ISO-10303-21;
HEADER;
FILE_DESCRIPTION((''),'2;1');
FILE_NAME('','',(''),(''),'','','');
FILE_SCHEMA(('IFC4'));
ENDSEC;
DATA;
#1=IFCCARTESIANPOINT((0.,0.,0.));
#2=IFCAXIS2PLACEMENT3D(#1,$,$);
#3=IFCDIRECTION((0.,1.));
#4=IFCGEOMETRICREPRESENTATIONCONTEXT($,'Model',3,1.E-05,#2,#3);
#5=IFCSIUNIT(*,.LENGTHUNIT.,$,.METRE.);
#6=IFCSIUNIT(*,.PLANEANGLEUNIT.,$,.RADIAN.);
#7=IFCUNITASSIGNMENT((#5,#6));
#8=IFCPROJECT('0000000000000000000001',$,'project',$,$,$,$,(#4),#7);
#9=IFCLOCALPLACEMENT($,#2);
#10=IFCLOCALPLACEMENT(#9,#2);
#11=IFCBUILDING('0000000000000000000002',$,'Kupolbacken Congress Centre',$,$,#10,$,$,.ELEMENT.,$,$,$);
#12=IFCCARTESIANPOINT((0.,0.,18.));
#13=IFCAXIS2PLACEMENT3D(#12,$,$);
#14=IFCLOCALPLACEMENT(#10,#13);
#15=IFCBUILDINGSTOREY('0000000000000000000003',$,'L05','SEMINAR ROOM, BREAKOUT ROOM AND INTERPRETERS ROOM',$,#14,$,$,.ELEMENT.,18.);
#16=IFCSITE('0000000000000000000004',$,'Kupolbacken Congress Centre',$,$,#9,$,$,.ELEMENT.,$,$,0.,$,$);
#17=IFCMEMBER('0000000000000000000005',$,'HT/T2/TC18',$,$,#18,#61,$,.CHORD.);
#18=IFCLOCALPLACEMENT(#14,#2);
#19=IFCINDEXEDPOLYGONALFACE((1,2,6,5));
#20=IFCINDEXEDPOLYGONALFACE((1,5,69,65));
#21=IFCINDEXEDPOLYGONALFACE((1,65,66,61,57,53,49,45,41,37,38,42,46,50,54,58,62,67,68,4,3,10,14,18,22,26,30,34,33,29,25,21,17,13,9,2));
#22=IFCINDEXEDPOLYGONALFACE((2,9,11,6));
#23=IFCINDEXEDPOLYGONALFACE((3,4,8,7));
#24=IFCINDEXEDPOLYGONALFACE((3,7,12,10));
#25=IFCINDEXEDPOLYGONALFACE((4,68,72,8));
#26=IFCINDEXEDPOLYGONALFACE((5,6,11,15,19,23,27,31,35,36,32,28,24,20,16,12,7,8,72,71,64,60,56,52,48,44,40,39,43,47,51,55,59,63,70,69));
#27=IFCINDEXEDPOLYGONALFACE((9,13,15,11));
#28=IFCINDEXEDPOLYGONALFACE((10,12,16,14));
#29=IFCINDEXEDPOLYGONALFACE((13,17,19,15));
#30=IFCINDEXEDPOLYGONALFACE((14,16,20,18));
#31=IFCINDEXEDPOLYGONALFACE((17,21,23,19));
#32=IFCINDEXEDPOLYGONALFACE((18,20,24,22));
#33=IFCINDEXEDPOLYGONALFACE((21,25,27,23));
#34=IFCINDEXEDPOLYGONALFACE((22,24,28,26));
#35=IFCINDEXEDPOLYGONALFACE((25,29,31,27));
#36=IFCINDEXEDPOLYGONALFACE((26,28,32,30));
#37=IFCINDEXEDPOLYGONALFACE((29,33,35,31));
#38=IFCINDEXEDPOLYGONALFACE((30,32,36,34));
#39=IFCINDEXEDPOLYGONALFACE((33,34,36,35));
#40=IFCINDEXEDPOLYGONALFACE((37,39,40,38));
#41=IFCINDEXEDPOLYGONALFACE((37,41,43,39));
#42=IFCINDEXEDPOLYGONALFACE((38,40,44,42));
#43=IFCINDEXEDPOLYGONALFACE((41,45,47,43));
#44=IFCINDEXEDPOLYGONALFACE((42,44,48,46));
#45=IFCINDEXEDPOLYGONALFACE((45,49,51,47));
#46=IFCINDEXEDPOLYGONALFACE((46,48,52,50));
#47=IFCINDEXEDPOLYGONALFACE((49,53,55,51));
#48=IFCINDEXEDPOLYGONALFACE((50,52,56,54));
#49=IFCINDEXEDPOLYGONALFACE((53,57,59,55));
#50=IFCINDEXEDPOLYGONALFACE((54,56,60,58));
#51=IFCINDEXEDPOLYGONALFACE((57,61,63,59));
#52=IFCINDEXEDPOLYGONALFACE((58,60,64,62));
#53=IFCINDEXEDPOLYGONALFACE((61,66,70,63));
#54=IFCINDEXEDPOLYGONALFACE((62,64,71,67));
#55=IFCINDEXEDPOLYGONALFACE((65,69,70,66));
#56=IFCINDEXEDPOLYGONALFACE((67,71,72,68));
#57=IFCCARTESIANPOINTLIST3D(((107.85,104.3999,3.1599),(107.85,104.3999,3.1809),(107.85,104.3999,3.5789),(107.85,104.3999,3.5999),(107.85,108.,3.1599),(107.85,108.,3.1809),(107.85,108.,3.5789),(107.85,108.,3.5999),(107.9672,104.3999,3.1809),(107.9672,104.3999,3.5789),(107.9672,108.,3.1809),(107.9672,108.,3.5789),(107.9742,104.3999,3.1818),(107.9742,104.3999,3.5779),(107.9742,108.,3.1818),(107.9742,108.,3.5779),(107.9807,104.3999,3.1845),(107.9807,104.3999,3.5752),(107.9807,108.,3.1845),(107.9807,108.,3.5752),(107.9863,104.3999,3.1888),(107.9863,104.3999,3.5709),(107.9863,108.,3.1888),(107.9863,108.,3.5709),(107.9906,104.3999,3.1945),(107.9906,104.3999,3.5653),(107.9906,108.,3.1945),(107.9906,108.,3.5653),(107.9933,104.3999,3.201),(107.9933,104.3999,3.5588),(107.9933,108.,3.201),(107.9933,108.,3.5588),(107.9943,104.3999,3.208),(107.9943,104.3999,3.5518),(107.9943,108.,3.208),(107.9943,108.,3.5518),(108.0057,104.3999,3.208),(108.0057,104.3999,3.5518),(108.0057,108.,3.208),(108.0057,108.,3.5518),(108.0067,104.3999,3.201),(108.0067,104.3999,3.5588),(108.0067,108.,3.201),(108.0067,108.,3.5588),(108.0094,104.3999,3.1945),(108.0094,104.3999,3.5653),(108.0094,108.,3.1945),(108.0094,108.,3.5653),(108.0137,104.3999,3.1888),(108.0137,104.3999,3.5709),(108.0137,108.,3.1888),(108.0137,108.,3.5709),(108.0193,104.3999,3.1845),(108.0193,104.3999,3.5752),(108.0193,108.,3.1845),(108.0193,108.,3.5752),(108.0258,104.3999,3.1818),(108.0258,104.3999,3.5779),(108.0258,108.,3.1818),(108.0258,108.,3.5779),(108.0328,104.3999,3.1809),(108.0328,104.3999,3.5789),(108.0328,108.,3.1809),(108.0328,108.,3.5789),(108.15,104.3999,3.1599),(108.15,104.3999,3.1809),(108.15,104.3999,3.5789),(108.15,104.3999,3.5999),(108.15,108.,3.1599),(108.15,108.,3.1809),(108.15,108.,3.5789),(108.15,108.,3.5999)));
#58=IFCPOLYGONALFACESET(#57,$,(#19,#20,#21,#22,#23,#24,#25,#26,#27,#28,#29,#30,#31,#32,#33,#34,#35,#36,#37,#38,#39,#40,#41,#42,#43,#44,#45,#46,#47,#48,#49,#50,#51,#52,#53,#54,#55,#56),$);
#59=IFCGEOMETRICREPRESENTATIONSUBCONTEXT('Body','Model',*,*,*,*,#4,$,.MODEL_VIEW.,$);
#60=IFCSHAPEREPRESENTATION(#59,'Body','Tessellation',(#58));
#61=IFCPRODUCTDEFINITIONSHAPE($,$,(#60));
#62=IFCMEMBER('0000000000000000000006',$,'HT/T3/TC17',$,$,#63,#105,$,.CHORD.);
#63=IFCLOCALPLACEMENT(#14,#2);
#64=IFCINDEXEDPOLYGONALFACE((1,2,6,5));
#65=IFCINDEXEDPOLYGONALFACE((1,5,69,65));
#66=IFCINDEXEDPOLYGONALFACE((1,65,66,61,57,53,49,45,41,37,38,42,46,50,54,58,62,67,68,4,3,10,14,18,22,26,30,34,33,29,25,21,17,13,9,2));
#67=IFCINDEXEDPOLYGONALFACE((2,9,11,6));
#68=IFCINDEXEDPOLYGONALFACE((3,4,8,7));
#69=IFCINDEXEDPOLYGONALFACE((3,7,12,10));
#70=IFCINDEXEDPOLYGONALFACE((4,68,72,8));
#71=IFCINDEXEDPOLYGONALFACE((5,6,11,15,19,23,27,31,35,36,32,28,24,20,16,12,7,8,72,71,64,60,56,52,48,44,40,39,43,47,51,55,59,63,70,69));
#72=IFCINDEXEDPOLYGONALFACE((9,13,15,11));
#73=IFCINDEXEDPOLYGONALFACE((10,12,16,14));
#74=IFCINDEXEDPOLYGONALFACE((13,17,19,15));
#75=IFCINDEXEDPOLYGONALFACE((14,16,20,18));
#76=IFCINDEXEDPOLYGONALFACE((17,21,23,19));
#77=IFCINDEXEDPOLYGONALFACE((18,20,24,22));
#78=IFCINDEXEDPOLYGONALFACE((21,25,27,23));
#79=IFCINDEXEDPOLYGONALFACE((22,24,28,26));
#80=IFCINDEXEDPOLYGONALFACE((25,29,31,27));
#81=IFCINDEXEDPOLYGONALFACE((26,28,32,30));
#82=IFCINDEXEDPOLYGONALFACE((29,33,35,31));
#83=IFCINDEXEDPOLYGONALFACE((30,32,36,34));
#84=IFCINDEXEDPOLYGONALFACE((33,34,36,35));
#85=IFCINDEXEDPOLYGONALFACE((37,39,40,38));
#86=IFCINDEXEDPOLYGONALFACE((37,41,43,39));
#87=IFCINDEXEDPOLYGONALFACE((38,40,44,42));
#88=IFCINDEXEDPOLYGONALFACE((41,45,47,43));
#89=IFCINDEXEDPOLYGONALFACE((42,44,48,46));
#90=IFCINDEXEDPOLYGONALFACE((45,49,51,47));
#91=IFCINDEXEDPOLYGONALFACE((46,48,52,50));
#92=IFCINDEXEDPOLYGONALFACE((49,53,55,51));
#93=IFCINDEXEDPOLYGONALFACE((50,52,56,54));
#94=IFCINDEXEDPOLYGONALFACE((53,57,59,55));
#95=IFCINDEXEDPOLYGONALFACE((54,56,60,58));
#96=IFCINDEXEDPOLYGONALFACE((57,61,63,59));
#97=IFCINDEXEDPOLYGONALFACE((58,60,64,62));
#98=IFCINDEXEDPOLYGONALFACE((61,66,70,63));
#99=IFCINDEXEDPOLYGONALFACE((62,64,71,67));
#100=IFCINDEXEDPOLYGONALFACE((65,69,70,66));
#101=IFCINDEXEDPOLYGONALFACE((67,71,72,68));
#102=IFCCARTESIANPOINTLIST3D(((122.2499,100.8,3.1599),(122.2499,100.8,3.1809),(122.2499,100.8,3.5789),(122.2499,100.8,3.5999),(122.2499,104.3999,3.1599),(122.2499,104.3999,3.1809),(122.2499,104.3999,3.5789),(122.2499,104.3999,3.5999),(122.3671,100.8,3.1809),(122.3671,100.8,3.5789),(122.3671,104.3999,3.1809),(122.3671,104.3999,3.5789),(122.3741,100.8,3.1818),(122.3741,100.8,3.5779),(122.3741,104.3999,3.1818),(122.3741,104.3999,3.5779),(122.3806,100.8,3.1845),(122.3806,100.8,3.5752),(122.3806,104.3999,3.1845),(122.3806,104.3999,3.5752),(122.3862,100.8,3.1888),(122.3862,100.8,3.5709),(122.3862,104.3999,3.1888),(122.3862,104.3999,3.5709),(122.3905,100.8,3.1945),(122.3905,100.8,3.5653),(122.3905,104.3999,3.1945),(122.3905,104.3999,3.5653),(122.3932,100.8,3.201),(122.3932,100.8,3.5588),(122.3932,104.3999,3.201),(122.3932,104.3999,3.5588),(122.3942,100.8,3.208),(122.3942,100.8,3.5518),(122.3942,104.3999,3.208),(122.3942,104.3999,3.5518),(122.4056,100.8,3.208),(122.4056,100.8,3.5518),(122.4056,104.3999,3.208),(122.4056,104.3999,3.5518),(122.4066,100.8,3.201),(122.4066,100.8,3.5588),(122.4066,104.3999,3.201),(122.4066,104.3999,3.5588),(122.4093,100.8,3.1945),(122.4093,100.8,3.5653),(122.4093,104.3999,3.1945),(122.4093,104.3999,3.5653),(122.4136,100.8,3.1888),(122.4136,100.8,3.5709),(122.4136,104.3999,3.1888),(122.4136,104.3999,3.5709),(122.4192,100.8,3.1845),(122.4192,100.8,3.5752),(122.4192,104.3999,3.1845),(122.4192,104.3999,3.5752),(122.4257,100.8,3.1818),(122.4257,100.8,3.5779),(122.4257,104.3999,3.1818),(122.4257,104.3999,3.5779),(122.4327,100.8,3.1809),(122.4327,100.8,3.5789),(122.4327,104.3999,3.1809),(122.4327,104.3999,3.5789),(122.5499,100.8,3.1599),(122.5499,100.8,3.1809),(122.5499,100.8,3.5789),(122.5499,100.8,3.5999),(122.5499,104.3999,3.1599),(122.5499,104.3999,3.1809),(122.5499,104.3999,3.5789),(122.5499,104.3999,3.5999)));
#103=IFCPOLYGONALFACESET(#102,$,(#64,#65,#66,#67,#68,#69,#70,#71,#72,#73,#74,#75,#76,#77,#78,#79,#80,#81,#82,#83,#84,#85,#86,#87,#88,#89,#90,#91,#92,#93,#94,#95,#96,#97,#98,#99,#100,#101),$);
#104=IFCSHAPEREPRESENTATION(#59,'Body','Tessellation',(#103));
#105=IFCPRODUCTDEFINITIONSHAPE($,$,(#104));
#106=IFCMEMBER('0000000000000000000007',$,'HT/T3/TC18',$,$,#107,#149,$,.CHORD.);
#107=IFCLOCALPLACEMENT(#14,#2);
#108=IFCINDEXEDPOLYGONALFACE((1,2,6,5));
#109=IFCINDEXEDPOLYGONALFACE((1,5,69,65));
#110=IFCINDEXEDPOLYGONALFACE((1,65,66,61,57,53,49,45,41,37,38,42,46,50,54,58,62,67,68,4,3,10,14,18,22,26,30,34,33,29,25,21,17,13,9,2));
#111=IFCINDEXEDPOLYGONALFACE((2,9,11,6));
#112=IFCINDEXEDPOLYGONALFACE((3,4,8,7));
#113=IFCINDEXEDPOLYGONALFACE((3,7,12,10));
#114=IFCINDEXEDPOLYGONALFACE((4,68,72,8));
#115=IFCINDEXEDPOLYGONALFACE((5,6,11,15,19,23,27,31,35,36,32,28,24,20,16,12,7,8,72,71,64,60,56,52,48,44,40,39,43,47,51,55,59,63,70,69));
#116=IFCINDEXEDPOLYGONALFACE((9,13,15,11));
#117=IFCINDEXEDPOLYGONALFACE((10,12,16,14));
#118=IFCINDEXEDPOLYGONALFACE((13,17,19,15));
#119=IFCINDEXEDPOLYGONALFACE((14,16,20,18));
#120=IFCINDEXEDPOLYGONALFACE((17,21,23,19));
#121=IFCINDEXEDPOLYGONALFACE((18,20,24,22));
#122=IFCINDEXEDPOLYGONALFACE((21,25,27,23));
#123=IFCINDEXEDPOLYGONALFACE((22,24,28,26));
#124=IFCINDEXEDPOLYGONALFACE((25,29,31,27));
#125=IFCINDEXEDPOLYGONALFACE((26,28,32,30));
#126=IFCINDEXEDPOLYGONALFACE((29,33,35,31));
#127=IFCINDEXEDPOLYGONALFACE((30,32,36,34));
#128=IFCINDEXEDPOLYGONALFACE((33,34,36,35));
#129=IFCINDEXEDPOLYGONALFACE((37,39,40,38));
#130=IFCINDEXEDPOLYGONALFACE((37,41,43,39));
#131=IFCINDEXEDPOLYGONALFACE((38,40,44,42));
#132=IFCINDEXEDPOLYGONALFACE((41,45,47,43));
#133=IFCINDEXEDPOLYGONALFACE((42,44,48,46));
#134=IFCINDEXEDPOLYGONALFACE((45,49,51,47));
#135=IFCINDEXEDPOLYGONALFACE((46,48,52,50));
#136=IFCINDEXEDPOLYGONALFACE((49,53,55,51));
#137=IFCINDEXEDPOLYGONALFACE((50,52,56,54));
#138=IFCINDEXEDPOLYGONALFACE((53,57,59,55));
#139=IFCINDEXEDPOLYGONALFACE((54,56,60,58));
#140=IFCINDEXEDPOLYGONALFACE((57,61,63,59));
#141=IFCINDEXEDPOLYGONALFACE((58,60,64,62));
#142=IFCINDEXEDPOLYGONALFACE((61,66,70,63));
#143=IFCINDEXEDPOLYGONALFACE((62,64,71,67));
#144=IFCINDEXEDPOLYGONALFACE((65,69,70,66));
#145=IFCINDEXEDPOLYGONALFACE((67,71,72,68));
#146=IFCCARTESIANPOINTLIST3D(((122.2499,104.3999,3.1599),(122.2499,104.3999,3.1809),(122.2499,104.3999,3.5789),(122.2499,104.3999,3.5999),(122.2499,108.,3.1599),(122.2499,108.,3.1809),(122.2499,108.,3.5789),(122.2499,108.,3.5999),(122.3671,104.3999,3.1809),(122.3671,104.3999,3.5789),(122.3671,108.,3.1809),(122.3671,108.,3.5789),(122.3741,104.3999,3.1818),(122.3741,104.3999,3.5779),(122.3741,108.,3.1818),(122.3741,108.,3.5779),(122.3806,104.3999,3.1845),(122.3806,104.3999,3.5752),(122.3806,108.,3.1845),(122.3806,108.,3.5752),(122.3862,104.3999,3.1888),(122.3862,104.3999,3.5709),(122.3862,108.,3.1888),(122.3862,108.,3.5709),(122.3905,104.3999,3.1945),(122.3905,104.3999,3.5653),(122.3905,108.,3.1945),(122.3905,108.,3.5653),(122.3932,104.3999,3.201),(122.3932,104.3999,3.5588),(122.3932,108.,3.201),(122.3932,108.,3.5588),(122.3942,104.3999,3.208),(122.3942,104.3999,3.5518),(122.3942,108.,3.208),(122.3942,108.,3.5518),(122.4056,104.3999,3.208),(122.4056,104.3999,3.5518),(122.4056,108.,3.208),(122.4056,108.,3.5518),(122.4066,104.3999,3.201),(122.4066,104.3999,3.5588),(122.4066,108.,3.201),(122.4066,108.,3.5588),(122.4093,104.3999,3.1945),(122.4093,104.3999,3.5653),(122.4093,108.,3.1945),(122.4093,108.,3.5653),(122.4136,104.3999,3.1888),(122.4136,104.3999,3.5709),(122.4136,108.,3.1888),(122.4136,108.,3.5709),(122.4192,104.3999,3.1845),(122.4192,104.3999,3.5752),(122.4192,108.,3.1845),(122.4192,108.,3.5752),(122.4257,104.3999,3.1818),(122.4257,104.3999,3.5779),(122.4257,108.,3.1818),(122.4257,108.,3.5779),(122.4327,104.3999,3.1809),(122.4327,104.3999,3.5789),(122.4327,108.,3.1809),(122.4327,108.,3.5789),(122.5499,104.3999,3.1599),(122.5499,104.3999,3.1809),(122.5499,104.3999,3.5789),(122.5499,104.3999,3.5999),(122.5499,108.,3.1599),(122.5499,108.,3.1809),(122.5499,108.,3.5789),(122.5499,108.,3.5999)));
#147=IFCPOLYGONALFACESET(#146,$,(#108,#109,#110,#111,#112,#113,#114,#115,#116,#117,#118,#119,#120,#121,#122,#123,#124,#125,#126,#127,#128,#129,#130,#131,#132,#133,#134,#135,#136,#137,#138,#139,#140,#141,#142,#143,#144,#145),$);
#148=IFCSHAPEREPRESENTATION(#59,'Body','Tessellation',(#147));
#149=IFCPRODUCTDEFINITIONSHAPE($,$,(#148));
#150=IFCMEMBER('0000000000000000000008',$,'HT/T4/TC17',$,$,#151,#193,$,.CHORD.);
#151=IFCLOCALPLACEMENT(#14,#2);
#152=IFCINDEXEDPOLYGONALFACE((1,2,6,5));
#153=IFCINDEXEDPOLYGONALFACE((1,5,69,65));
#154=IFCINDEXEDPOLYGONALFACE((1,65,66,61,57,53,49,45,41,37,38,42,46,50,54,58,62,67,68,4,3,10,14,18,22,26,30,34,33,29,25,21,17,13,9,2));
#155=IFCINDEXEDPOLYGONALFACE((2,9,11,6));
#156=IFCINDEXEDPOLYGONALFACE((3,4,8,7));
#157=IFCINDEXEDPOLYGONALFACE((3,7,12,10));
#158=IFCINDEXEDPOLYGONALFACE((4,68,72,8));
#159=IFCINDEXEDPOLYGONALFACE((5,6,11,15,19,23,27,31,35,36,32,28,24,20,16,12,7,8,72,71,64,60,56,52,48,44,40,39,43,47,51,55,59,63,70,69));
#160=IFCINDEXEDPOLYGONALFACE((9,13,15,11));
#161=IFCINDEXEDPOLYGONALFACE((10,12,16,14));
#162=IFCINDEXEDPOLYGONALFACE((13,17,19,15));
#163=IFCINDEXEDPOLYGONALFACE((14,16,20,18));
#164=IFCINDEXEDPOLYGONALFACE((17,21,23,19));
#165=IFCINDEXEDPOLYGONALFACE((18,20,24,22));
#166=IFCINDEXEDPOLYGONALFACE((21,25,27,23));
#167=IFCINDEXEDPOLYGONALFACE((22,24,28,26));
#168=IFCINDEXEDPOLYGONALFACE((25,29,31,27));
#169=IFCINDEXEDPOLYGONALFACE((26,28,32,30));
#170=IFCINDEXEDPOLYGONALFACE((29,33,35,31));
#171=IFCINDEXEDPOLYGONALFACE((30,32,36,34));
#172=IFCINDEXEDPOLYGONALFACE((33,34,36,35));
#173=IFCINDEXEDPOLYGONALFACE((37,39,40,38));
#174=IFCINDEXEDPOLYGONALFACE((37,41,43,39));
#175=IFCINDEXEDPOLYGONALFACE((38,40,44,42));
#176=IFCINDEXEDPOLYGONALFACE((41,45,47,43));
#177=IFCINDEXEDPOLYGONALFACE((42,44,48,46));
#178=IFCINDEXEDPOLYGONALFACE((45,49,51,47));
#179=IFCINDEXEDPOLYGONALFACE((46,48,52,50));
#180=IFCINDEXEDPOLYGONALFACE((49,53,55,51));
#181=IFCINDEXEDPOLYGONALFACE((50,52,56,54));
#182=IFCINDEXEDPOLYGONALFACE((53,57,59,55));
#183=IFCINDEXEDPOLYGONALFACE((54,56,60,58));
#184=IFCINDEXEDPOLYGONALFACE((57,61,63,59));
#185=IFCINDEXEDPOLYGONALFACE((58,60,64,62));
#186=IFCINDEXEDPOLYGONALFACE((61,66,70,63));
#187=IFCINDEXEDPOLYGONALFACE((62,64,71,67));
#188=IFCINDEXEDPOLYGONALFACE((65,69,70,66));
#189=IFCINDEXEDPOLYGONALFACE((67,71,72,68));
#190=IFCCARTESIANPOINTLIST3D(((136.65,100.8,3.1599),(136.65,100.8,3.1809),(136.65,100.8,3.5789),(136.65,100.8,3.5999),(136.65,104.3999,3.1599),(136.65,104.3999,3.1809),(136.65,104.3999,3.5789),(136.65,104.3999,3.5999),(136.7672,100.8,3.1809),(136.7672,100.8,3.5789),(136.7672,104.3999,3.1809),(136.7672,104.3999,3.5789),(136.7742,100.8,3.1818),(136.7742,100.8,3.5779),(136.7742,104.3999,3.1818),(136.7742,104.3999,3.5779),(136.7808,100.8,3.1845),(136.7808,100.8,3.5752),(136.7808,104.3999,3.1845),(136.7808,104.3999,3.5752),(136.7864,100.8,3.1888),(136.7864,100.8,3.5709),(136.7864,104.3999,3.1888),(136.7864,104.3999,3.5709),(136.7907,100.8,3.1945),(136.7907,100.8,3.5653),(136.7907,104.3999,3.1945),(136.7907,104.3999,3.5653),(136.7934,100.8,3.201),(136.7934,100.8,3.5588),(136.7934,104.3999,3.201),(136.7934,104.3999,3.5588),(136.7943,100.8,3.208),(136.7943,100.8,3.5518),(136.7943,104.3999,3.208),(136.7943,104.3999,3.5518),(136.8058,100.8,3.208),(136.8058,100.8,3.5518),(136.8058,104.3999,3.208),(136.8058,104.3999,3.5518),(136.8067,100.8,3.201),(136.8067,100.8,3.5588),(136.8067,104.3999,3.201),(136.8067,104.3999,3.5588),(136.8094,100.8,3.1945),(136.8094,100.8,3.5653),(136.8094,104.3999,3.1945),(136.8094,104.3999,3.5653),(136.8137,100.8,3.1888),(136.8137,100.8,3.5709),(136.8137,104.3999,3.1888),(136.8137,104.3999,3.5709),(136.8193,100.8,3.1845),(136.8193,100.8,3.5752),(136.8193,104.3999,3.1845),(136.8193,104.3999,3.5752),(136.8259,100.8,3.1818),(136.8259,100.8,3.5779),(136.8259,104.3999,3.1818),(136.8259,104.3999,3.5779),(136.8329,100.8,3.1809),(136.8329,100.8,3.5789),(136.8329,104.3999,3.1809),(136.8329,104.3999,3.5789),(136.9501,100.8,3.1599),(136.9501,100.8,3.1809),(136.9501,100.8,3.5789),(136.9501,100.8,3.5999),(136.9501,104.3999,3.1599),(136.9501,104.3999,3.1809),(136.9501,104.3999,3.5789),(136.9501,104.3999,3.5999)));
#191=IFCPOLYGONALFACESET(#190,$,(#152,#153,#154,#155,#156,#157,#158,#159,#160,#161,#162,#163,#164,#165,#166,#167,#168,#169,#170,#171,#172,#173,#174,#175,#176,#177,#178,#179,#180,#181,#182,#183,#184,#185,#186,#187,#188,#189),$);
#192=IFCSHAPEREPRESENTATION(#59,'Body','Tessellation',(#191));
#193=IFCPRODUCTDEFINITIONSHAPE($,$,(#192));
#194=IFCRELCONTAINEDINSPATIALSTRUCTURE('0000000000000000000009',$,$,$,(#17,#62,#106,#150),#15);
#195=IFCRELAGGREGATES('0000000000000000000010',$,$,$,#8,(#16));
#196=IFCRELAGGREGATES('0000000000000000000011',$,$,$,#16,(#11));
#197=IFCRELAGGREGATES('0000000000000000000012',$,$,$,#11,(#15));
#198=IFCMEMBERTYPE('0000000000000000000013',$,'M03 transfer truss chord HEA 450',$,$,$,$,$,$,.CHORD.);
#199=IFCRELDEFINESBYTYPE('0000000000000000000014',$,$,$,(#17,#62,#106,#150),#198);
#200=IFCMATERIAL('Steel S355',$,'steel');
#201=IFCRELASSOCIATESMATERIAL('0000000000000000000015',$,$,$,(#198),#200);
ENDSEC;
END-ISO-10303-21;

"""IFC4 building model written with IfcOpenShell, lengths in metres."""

from ifc_helpers import new_model, si_unit, direction, frame, origin, origin_2d, place, context, subcontext, project, spatial, i_section, extrude, material, material_profile, profile_set, type_object, element, save


model = new_model("IFC4")

# Units and contexts
model_context = context("Model", 3, precision=1e-05, world=origin(), true_north=direction((0.0, 1.0)))
body_context = subcontext(model_context, "Body", "Model", "MODEL_VIEW")
ifc_project = project(units=[si_unit("LENGTHUNIT", "METRE"), si_unit("PLANEANGLEUNIT", "RADIAN")], contexts=[model_context])

# Site, building, storey
site_placement = place(None, origin())
site = spatial("IfcSite", under=ifc_project, at=site_placement, Name="Kupolbacken Congress Centre", CompositionType="ELEMENT", RefElevation=0.0)
building_placement = place(site_placement, origin())
building = spatial("IfcBuilding", under=site, at=building_placement, Name="Kupolbacken Congress Centre", CompositionType="ELEMENT")
storey_placement = place(building_placement, frame((0.0, 0.0, 18.0)))
storey = spatial("IfcBuildingStorey", under=building, at=storey_placement, Name="L05", Description="SEMINAR ROOM, BREAKOUT ROOM AND INTERPRETERS ROOM", CompositionType="ELEMENT", Elevation=18.0)

# Members
ifc_material_1 = material(Name="Steel S355", Category="steel")
ifc_material_profile_1 = material_profile(ifc_material_1, i_section(OverallWidth=0.3, OverallDepth=0.4399, WebThickness=0.0115, FlangeThickness=0.021, FilletRadius=0.0271, at=origin_2d()), Name="HEA 450")
ifc_profile_set_1 = profile_set([ifc_material_profile_1], Name="Steel S355")
member_type_1 = type_object("IfcMemberType", Name="M03 transfer truss chord HEA 450", PredefinedType="CHORD", material=ifc_profile_set_1)
member_1_placement = place(storey_placement, frame((108.0, 104.3999, 3.3799), z_axis=(0.0, 1.0, 0.0), x_axis=(-1.0, 0.0, 0.0)))
element("IfcMember", 1, at=member_1_placement, inside=storey, type_object=member_type_1, Name="HT/T2/TC18", PredefinedType="CHORD", context=body_context, shape_type="SweptSolid", body=[
    extrude(i_section(OverallWidth=0.3, OverallDepth=0.4399, WebThickness=0.0115, FlangeThickness=0.021, FilletRadius=0.0271, at=origin_2d()), origin(), (0.0, 0.0, 1.0), 3.6001),
])
member_2_placement = place(storey_placement, frame((122.3999, 100.8, 3.3799), z_axis=(0.0, 1.0, 0.0), x_axis=(-1.0, 0.0, 0.0)))
element("IfcMember", 2, at=member_2_placement, inside=storey, type_object=member_type_1, Name="HT/T3/TC17", PredefinedType="CHORD", context=body_context, shape_type="SweptSolid", body=[
    extrude(i_section(OverallWidth=0.3, OverallDepth=0.4399, WebThickness=0.0115, FlangeThickness=0.021, FilletRadius=0.0271, at=origin_2d()), origin(), (0.0, 0.0, 1.0), 3.5999),
])
member_3_placement = place(storey_placement, frame((122.3999, 104.3999, 3.3799), z_axis=(0.0, 1.0, 0.0), x_axis=(-1.0, 0.0, 0.0)))
element("IfcMember", 3, at=member_3_placement, inside=storey, type_object=member_type_1, Name="HT/T3/TC18", PredefinedType="CHORD", context=body_context, shape_type="SweptSolid", body=[
    extrude(i_section(OverallWidth=0.3, OverallDepth=0.4399, WebThickness=0.0115, FlangeThickness=0.021, FilletRadius=0.0271, at=origin_2d()), origin(), (0.0, 0.0, 1.0), 3.6001),
])
member_4_placement = place(storey_placement, frame((136.8, 100.8, 3.3799), z_axis=(0.0, 1.0, 0.0), x_axis=(-1.0, 0.0, 0.0)))
element("IfcMember", 4, at=member_4_placement, inside=storey, type_object=member_type_1, Name="HT/T4/TC17", PredefinedType="CHORD", context=body_context, shape_type="SweptSolid", body=[
    extrude(i_section(OverallWidth=0.3, OverallDepth=0.4399, WebThickness=0.0115, FlangeThickness=0.021, FilletRadius=0.0271, at=origin_2d()), origin(), (0.0, 0.0, 1.0), 3.5999),
])

save(model, "model.ifc")
